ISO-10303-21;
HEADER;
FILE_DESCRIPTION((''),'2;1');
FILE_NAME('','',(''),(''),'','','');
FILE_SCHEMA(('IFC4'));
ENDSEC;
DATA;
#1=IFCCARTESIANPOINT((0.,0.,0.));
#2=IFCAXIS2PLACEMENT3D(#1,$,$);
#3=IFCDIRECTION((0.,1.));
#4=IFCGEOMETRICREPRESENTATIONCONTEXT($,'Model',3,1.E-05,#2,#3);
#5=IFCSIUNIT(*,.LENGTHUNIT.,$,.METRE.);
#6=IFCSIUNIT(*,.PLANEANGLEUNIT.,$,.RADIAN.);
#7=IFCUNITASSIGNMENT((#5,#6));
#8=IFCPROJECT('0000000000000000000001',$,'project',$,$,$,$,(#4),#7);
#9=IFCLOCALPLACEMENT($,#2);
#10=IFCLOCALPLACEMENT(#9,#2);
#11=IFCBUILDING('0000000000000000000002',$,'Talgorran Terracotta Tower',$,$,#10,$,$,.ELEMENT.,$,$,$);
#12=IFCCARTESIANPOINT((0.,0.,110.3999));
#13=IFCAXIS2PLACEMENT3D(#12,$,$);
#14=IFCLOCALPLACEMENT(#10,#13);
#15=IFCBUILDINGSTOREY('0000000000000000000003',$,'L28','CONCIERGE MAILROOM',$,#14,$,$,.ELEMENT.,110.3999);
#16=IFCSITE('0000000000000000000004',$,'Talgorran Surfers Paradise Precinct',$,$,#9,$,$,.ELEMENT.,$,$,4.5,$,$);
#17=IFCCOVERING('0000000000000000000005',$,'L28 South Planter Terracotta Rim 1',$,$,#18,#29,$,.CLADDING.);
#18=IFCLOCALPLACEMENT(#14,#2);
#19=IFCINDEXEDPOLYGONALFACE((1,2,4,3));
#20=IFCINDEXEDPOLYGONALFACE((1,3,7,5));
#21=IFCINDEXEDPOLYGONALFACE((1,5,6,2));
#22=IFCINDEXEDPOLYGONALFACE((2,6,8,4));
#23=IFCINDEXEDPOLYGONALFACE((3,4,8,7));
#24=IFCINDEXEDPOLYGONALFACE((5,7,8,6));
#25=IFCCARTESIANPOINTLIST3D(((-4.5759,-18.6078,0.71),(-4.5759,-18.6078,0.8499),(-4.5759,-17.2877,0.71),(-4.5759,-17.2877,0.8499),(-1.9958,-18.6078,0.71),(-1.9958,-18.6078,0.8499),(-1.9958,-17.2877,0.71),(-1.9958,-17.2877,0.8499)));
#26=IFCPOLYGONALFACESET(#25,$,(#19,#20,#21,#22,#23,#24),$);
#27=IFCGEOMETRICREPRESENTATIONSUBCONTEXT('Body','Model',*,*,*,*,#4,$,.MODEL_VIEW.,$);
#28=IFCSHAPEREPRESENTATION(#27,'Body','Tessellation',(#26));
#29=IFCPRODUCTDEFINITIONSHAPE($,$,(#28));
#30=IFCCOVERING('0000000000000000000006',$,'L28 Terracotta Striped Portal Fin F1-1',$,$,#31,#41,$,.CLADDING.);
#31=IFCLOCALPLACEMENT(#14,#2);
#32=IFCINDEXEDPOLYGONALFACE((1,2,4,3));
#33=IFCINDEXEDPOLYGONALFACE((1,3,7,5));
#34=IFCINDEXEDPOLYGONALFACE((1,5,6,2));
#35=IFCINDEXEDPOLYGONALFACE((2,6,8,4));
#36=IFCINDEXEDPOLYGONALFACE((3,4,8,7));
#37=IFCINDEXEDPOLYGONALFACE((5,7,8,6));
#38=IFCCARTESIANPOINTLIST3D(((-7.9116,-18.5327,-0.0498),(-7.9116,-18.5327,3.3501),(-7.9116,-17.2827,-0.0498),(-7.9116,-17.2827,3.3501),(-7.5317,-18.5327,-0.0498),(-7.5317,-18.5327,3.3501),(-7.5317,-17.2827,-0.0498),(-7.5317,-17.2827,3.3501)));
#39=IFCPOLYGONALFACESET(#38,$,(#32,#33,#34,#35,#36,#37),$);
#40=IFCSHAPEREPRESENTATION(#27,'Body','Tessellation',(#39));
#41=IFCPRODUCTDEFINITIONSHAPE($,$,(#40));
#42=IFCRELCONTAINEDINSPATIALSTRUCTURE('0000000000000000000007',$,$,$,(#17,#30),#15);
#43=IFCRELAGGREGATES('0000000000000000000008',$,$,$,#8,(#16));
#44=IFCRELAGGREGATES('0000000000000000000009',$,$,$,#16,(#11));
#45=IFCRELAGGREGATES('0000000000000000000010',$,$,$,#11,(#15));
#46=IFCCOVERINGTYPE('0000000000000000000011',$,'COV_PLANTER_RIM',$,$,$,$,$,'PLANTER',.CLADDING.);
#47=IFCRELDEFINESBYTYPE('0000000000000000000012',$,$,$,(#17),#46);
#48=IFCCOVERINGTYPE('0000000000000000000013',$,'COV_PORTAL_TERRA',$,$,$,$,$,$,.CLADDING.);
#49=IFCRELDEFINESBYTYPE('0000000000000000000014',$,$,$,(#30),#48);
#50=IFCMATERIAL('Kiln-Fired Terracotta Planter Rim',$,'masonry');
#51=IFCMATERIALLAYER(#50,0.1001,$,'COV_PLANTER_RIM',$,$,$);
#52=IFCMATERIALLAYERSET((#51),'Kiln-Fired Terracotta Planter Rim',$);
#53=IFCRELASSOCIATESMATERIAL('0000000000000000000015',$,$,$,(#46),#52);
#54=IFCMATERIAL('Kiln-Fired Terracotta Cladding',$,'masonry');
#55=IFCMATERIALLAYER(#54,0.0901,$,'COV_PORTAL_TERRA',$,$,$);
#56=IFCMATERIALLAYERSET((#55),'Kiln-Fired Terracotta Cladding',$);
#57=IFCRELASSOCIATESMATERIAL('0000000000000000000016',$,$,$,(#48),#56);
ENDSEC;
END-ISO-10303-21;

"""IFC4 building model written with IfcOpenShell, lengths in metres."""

from ifc_helpers import new_model, si_unit, direction, frame, origin, origin_2d, place, context, subcontext, project, spatial, rectangle, extrude, material, layer, layer_set, type_object, element, save


model = new_model("IFC4")

# Units and contexts
model_context = context("Model", 3, precision=1e-05, world=origin(), true_north=direction((0.0, 1.0)))
body_context = subcontext(model_context, "Body", "Model", "MODEL_VIEW")
ifc_project = project(units=[si_unit("LENGTHUNIT", "METRE"), si_unit("PLANEANGLEUNIT", "RADIAN")], contexts=[model_context])

# Site, building, storey
site_placement = place(None, origin())
site = spatial("IfcSite", under=ifc_project, at=site_placement, Name="Talgorran Surfers Paradise Precinct", CompositionType="ELEMENT", RefElevation=4.5)
building_placement = place(site_placement, origin())
building = spatial("IfcBuilding", under=site, at=building_placement, Name="Talgorran Terracotta Tower", CompositionType="ELEMENT")
storey_placement = place(building_placement, frame((0.0, 0.0, 110.3999)))
storey = spatial("IfcBuildingStorey", under=building, at=storey_placement, Name="L28", Description="CONCIERGE MAILROOM", CompositionType="ELEMENT", Elevation=110.3999)

# Coverings
ifc_material_1 = material(Name="Kiln-Fired Terracotta Planter Rim", Category="masonry")
ifc_layer_1 = layer(ifc_material_1, 0.1001, Name="COV_PLANTER_RIM")
ifc_layer_set_1 = layer_set([ifc_layer_1], Name="Kiln-Fired Terracotta Planter Rim")
covering_type_1 = type_object("IfcCoveringType", Name="COV_PLANTER_RIM", ElementType="PLANTER", PredefinedType="CLADDING", material=ifc_layer_set_1)
covering_1_placement = place(storey_placement, frame((-3.2859, -17.9478, 0.71), z_axis=(0.0, 0.0, 1.0), x_axis=(1.0, 0.0, 0.0)))
element("IfcCovering", 1, at=covering_1_placement, inside=storey, type_object=covering_type_1, Name="L28 South Planter Terracotta Rim 1", PredefinedType="CLADDING", context=body_context, shape_type="SweptSolid", body=[
    extrude(rectangle(XDim=2.5801, YDim=1.3201, at=origin_2d()), origin(), (0.0, 0.0, 1.0), 0.1399),
])
ifc_material_2 = material(Name="Kiln-Fired Terracotta Cladding", Category="masonry")
ifc_layer_2 = layer(ifc_material_2, 0.0901, Name="COV_PORTAL_TERRA")
ifc_layer_set_2 = layer_set([ifc_layer_2], Name="Kiln-Fired Terracotta Cladding")
covering_type_2 = type_object("IfcCoveringType", Name="COV_PORTAL_TERRA", PredefinedType="CLADDING", material=ifc_layer_set_2)
covering_2_placement = place(storey_placement, frame((-7.7217, -17.9077, -0.0498), z_axis=(0.0, 0.0, 1.0), x_axis=(1.0, 0.0, 0.0)))
element("IfcCovering", 2, at=covering_2_placement, inside=storey, type_object=covering_type_2, Name="L28 Terracotta Striped Portal Fin F1-1", PredefinedType="CLADDING", context=body_context, shape_type="SweptSolid", body=[
    extrude(rectangle(XDim=0.3799, YDim=1.25, at=origin_2d()), origin(), (0.0, 0.0, 1.0), 3.3999),
])

save(model, "model.ifc")
